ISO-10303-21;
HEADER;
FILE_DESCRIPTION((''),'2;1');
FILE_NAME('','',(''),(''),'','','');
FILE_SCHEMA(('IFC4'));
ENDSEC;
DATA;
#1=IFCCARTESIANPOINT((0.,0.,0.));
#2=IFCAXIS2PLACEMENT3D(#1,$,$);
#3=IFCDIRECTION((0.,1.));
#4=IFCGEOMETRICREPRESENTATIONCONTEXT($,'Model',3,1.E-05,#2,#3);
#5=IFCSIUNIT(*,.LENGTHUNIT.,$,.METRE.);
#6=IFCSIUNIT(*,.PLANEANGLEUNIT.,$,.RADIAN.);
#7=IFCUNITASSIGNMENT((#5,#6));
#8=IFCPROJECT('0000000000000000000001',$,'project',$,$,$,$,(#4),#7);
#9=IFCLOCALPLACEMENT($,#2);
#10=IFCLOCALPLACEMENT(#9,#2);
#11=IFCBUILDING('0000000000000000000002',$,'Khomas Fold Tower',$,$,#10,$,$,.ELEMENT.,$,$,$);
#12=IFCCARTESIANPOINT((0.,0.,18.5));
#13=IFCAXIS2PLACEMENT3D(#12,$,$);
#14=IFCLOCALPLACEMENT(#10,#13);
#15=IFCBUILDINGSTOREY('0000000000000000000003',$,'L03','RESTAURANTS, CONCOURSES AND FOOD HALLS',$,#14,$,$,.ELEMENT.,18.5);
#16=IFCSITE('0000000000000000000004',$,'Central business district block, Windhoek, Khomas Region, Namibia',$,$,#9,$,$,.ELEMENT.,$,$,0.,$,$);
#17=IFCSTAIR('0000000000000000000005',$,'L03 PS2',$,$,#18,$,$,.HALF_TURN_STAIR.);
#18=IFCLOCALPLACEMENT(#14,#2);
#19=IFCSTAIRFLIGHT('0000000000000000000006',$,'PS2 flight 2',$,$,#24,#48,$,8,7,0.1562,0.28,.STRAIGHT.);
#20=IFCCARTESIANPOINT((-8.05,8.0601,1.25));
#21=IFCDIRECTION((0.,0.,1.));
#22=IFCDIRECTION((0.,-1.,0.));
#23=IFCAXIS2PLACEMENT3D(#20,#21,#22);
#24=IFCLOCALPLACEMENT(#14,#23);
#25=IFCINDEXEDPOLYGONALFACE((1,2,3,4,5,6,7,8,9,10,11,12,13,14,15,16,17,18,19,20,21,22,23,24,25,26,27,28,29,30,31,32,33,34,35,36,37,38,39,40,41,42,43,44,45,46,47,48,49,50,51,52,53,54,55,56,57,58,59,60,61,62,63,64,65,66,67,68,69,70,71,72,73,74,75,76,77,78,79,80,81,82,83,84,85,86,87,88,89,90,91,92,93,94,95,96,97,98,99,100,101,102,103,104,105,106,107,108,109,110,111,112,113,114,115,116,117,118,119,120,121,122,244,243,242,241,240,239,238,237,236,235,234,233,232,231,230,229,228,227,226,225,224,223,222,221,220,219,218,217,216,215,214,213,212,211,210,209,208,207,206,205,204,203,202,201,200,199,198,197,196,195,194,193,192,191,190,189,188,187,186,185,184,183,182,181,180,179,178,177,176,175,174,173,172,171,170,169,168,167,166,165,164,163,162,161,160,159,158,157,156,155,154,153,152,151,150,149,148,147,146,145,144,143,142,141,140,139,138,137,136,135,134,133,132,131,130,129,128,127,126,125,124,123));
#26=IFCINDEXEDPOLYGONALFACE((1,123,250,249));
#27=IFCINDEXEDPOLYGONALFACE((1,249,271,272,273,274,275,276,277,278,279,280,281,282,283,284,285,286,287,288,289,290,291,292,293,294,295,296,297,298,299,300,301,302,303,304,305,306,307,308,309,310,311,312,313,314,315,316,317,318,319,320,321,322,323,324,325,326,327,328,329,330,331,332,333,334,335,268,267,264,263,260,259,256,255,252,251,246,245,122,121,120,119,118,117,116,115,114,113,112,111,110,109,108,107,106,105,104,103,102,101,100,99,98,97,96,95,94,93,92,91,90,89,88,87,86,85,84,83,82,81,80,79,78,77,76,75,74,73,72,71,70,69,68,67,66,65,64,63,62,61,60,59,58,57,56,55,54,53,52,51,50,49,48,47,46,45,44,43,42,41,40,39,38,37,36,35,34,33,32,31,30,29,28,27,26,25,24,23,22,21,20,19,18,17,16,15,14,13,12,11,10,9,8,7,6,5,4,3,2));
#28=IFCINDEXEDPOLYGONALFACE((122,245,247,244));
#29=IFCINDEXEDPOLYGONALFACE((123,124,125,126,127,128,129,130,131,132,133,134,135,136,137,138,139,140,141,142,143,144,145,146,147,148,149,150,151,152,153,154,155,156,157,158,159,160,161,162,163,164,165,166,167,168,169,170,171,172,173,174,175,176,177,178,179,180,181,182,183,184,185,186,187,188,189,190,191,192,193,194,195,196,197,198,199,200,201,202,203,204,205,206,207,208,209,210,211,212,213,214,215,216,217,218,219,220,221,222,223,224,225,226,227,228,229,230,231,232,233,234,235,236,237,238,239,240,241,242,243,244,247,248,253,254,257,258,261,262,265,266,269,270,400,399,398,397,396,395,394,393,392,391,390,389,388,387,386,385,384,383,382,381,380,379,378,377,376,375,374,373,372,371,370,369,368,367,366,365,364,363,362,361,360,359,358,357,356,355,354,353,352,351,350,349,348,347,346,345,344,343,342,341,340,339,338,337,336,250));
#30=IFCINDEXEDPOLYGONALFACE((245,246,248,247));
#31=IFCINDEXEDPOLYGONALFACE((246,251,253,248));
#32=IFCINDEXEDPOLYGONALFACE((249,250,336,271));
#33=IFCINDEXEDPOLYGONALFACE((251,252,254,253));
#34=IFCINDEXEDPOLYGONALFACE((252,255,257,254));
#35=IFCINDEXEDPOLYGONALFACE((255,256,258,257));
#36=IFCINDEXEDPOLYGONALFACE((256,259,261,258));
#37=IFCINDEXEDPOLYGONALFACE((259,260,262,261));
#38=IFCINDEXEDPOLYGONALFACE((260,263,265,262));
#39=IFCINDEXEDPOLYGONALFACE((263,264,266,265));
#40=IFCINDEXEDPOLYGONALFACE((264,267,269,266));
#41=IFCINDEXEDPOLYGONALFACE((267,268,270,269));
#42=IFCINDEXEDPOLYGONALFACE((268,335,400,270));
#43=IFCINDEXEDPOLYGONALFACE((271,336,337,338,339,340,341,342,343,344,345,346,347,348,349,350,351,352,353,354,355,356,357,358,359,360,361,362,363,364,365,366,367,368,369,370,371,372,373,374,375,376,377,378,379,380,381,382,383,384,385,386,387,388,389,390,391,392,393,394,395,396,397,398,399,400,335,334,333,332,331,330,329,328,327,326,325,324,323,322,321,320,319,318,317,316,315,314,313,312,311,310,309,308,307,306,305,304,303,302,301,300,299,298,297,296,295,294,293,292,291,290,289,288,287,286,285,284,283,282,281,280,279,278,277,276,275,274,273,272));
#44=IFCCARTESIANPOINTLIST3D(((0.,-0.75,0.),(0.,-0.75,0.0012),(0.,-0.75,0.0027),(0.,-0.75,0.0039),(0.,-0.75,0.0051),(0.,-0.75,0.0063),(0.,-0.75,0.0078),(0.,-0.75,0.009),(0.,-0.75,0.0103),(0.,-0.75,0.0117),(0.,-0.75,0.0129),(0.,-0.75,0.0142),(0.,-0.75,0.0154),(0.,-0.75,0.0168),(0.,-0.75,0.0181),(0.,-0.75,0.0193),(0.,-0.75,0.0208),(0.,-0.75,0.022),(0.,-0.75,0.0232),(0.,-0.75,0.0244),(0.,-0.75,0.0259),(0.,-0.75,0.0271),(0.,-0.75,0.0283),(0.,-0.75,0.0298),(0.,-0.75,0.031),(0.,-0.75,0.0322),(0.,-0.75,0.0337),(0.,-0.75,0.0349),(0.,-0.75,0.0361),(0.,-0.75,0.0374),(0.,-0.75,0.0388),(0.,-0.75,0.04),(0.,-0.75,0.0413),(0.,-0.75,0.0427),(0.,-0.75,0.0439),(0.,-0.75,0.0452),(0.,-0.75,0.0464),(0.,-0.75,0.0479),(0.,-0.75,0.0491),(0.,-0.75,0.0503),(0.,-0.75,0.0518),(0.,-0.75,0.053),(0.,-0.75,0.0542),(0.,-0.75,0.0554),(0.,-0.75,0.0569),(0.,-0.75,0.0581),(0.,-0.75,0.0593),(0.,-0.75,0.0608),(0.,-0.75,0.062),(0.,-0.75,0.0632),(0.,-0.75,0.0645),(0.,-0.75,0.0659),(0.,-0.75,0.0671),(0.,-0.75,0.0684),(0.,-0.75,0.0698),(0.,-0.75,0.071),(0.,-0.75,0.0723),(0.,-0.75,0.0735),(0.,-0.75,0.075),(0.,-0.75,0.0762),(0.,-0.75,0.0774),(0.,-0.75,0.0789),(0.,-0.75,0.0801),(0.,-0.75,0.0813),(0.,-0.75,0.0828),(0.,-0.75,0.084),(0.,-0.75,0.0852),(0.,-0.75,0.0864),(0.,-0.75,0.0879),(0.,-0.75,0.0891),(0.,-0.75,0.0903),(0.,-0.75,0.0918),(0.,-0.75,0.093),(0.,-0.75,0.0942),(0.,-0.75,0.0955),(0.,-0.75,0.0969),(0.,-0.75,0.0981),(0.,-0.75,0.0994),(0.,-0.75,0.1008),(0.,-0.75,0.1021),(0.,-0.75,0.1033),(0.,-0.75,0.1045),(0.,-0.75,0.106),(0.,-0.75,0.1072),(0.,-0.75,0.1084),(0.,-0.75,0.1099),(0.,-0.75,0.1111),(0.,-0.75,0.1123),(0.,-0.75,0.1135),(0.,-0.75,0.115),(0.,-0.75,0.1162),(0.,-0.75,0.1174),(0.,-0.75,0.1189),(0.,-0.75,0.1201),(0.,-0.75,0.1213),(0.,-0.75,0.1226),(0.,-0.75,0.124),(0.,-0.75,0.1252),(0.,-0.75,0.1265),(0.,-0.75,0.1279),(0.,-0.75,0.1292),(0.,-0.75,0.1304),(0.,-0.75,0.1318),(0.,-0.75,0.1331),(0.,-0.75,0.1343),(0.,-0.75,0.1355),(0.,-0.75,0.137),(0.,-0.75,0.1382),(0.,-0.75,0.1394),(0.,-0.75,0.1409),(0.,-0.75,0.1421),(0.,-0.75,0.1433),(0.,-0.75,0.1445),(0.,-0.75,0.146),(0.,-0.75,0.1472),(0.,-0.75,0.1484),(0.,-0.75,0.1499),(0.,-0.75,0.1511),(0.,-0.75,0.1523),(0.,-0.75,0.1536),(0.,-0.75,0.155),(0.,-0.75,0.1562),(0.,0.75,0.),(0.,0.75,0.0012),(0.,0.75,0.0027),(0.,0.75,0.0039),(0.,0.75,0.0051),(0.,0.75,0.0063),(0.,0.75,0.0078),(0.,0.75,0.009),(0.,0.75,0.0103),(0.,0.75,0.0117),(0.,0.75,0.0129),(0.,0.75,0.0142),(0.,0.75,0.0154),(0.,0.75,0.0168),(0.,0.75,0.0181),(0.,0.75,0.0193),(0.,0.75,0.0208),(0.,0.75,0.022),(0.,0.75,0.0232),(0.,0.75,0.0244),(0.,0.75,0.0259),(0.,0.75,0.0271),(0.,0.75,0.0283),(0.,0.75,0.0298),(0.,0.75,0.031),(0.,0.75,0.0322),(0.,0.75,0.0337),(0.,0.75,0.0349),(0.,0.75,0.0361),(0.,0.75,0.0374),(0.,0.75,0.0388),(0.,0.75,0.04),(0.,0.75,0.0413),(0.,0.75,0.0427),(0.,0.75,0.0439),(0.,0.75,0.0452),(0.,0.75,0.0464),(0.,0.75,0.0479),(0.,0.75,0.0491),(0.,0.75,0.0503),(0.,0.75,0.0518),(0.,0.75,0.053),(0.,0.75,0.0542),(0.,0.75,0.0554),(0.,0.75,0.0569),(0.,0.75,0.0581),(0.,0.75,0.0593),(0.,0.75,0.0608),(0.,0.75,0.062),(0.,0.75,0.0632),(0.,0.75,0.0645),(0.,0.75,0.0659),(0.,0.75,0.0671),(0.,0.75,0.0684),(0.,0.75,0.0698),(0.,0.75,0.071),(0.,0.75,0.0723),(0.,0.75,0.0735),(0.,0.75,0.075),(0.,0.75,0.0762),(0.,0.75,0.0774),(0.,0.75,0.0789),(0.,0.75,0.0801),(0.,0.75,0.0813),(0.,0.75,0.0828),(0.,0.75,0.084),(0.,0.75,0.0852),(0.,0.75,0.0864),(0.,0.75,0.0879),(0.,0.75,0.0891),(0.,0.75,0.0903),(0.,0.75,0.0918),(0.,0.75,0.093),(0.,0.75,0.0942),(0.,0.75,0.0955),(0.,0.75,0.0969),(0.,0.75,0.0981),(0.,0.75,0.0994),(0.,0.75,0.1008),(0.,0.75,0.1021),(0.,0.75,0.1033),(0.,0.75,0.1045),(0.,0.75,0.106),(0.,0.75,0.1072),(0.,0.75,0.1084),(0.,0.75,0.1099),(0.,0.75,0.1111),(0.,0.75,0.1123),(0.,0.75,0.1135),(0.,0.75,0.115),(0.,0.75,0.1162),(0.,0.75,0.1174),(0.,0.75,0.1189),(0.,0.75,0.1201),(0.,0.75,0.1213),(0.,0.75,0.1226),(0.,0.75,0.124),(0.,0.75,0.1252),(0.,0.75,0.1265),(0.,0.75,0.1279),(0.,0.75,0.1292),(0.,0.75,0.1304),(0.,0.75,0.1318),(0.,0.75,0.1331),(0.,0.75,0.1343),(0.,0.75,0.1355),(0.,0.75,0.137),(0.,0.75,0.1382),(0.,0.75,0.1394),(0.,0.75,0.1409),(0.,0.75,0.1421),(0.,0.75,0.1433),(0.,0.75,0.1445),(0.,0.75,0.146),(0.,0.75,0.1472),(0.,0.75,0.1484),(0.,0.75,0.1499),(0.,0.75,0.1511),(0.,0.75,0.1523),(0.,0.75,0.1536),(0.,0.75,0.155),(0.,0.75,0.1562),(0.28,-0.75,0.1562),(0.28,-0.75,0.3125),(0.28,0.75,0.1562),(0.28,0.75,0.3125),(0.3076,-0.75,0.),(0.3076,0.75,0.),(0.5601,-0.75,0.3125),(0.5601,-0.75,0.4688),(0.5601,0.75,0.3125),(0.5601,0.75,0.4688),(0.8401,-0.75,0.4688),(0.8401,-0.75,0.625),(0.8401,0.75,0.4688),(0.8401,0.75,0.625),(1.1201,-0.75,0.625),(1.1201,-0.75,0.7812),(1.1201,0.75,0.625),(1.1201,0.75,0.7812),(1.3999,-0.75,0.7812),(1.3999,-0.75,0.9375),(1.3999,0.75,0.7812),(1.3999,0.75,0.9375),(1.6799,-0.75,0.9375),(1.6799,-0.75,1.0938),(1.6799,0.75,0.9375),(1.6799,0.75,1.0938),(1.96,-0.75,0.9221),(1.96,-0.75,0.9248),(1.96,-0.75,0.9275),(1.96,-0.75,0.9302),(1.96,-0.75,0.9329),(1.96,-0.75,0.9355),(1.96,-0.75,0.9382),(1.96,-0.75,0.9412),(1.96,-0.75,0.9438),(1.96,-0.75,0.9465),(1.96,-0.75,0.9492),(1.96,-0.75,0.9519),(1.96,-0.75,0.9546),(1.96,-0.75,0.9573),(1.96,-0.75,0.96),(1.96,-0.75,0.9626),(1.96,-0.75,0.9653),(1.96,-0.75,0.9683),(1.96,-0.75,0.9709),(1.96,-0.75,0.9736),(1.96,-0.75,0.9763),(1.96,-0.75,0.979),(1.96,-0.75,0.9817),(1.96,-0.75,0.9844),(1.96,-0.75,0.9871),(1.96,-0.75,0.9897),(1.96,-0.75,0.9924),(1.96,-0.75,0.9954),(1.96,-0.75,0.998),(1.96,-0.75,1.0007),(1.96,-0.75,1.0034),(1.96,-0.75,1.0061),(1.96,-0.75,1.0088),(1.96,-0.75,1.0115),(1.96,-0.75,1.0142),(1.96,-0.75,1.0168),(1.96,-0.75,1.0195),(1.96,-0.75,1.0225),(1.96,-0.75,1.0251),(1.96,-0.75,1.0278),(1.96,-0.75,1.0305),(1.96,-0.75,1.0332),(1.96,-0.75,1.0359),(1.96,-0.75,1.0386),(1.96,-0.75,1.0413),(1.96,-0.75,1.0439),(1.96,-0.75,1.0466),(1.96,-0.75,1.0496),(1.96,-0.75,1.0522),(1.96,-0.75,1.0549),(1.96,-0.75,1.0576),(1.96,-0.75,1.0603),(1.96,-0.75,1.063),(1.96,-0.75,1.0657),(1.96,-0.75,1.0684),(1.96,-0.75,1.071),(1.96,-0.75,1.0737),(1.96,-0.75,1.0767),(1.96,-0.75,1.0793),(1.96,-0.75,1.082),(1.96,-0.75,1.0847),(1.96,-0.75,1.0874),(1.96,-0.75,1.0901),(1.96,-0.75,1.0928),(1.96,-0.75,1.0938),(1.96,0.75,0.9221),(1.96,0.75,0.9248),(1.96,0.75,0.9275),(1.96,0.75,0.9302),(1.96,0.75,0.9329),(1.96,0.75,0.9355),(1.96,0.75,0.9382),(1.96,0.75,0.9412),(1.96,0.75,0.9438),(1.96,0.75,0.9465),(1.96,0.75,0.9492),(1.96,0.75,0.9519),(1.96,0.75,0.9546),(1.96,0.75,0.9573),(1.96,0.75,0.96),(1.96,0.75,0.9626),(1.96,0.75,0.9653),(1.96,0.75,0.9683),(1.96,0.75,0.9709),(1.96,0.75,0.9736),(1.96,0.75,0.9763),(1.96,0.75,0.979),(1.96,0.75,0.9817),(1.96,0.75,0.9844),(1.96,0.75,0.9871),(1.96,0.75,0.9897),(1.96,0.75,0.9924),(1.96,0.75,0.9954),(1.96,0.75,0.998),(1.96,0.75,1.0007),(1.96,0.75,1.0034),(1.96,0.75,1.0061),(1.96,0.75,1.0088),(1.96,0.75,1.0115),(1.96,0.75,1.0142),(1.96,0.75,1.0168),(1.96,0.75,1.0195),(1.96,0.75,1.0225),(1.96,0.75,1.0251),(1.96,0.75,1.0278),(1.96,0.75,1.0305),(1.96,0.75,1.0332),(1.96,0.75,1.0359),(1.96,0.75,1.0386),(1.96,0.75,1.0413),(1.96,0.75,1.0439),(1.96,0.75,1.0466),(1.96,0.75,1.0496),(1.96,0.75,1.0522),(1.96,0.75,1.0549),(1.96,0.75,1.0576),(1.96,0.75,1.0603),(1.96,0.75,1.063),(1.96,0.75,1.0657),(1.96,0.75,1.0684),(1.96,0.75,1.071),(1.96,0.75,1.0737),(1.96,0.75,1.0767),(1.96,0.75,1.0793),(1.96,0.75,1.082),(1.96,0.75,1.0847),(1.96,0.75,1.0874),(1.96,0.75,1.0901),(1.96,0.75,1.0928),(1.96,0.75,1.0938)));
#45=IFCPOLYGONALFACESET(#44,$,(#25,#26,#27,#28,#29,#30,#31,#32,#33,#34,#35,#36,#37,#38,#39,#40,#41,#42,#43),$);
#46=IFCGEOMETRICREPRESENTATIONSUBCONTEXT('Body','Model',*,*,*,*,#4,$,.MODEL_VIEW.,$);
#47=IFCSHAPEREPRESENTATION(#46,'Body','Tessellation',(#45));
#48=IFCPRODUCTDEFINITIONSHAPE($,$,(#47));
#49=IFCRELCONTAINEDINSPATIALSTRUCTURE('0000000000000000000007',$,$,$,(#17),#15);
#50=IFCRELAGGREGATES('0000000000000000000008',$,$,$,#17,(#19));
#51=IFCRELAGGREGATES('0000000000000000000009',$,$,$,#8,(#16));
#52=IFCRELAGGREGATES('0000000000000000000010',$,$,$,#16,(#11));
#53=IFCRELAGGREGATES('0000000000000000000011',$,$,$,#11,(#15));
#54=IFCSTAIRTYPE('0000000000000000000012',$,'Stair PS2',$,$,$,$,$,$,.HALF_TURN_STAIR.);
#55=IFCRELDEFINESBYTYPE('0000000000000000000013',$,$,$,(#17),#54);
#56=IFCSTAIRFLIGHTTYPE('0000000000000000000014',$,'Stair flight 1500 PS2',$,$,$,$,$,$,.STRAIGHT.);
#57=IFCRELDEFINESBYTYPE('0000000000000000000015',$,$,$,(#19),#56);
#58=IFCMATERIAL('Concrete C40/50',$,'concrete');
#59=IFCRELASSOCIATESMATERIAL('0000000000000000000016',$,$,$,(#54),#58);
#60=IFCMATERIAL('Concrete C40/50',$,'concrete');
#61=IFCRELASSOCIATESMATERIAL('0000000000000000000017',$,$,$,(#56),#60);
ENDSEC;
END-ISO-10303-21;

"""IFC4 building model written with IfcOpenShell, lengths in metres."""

from ifc_helpers import new_model, si_unit, direction, frame, origin, place, context, subcontext, project, spatial, polyline, outline, extrude, source, transform, mapped, material, type_object, element, aggregate, save


model = new_model("IFC4")

# Units and contexts
model_context = context("Model", 3, precision=1e-05, world=origin(), true_north=direction((0.0, 1.0)))
body_context = subcontext(model_context, "Body", "Model", "MODEL_VIEW")
ifc_project = project(units=[si_unit("LENGTHUNIT", "METRE"), si_unit("PLANEANGLEUNIT", "RADIAN")], contexts=[model_context])

# Site, building, storey
site_placement = place(None, origin())
site = spatial("IfcSite", under=ifc_project, at=site_placement, Name="Central business district block, Windhoek, Khomas Region, Namibia", CompositionType="ELEMENT", RefElevation=0.0)
building_placement = place(site_placement, origin())
building = spatial("IfcBuilding", under=site, at=building_placement, Name="Khomas Fold Tower", CompositionType="ELEMENT")
storey_placement = place(building_placement, frame((0.0, 0.0, 18.5)))
storey = spatial("IfcBuildingStorey", under=building, at=storey_placement, Name="L03", Description="RESTAURANTS, CONCOURSES AND FOOD HALLS", CompositionType="ELEMENT", Elevation=18.5)

# Stair, stair flight
ifc_material_1 = material(Name="Concrete C40/50", Category="concrete")
stair_type = type_object("IfcStairType", Name="Stair PS2", PredefinedType="HALF_TURN_STAIR", material=ifc_material_1)
stair_placement = place(storey_placement, origin())
stair = element("IfcStair", 1, at=stair_placement, inside=storey, type_object=stair_type, Name="L03 PS2", PredefinedType="HALF_TURN_STAIR")
ifc_material_2 = material(Name="Concrete C40/50", Category="concrete")
stair_flight_type = type_object("IfcStairFlightType", Name="Stair flight 1500 PS2", PredefinedType="STRAIGHT", material=ifc_material_2)
shared_shape_1 = source(origin(), body_context, "Body", "SweptSolid", [
    extrude(outline(polyline([(0.0, 0.0), (0.0, 0.0012), (0.0, 0.0027), (0.0, 0.0039), (0.0, 0.0051), (0.0, 0.0063), (0.0, 0.0078), (0.0, 0.009), (0.0, 0.0103), (0.0, 0.0117), (0.0, 0.0129), (0.0, 0.0142), (0.0, 0.0154), (0.0, 0.0168), (0.0, 0.0181), (0.0, 0.0193), (0.0, 0.0208), (0.0, 0.022), (0.0, 0.0232), (0.0, 0.0244), (0.0, 0.0259), (0.0, 0.0271), (0.0, 0.0283), (0.0, 0.0298), (0.0, 0.031), (0.0, 0.0322), (0.0, 0.0337), (0.0, 0.0349), (0.0, 0.0361), (0.0, 0.0374), (0.0, 0.0388), (0.0, 0.04), (0.0, 0.0413), (0.0, 0.0427), (0.0, 0.0439), (0.0, 0.0452), (0.0, 0.0464), (0.0, 0.0479), (0.0, 0.0491), (0.0, 0.0503), (0.0, 0.0518), (0.0, 0.053), (0.0, 0.0542), (0.0, 0.0554), (0.0, 0.0569), (0.0, 0.0581), (0.0, 0.0593), (0.0, 0.0608), (0.0, 0.062), (0.0, 0.0632), (0.0, 0.0645), (0.0, 0.0659), (0.0, 0.0671), (0.0, 0.0684), (0.0, 0.0698), (0.0, 0.071), (0.0, 0.0723), (0.0, 0.0735), (0.0, 0.075), (0.0, 0.0762), (0.0, 0.0774), (0.0, 0.0789), (0.0, 0.0801), (0.0, 0.0813), (0.0, 0.0828), (0.0, 0.084), (0.0, 0.0852), (0.0, 0.0864), (0.0, 0.0879), (0.0, 0.0891), (0.0, 0.0903), (0.0, 0.0918), (0.0, 0.093), (0.0, 0.0942), (0.0, 0.0955), (0.0, 0.0969), (0.0, 0.0981), (0.0, 0.0994), (0.0, 0.1008), (0.0, 0.1021), (0.0, 0.1033), (0.0, 0.1045), (0.0, 0.106), (0.0, 0.1072), (0.0, 0.1084), (0.0, 0.1099), (0.0, 0.1111), (0.0, 0.1123), (0.0, 0.1135), (0.0, 0.115), (0.0, 0.1162), (0.0, 0.1174), (0.0, 0.1189), (0.0, 0.1201), (0.0, 0.1213), (0.0, 0.1226), (0.0, 0.124), (0.0, 0.1252), (0.0, 0.1265), (0.0, 0.1279), (0.0, 0.1292), (0.0, 0.1304), (0.0, 0.1318), (0.0, 0.1331), (0.0, 0.1343), (0.0, 0.1355), (0.0, 0.137), (0.0, 0.1382), (0.0, 0.1394), (0.0, 0.1409), (0.0, 0.1421), (0.0, 0.1433), (0.0, 0.1445), (0.0, 0.146), (0.0, 0.1472), (0.0, 0.1484), (0.0, 0.1499), (0.0, 0.1511), (0.0, 0.1523), (0.0, 0.1536), (0.0, 0.155), (0.0, 0.1562), (0.28, 0.1562), (0.28, 0.3125), (0.5601, 0.3125), (0.5601, 0.4688), (0.8401, 0.4688), (0.8401, 0.625), (1.1201, 0.625), (1.1201, 0.7812), (1.3999, 0.7812), (1.3999, 0.9375), (1.6799, 0.9375), (1.6799, 1.0938), (1.96, 1.0938), (1.96, 1.25), (1.96, 1.2473), (1.96, 1.2446), (1.96, 1.2419), (1.96, 1.2393), (1.96, 1.2363), (1.96, 1.2336), (1.96, 1.231), (1.96, 1.2283), (1.96, 1.2256), (1.96, 1.2229), (1.96, 1.2202), (1.96, 1.2175), (1.96, 1.2148), (1.96, 1.2122), (1.96, 1.2092), (1.96, 1.2065), (1.96, 1.2039), (1.96, 1.2012), (1.96, 1.1985), (1.96, 1.1958), (1.96, 1.1931), (1.96, 1.1904), (1.96, 1.1877), (1.96, 1.1851), (1.96, 1.1821), (1.96, 1.1794), (1.96, 1.1768), (1.96, 1.1741), (1.96, 1.1714), (1.96, 1.1687), (1.96, 1.166), (1.96, 1.1633), (1.96, 1.1606), (1.96, 1.158), (1.96, 1.155), (1.96, 1.1523), (1.96, 1.1497), (1.96, 1.147), (1.96, 1.1443), (1.96, 1.1416), (1.96, 1.1389), (1.96, 1.1362), (1.96, 1.1335), (1.96, 1.1309), (1.96, 1.1279), (1.96, 1.1252), (1.96, 1.1226), (1.96, 1.1199), (1.96, 1.1172), (1.96, 1.1145), (1.96, 1.1118), (1.96, 1.1091), (1.96, 1.1064), (1.96, 1.1038), (1.96, 1.1008), (1.96, 1.0981), (1.96, 1.0955), (1.96, 1.0928), (1.96, 1.0901), (1.96, 1.0874), (1.96, 1.0847), (1.96, 1.082), (1.96, 1.0793), (1.96, 1.0767), (1.96, 1.0737), (1.96, 1.071), (1.96, 1.0684), (1.96, 1.0657), (1.96, 1.063), (1.96, 1.0603), (1.96, 1.0576), (1.96, 1.0549), (1.96, 1.0522), (1.96, 1.0496), (1.96, 1.0466), (1.96, 1.0439), (1.96, 1.0413), (1.96, 1.0386), (1.96, 1.0359), (1.96, 1.0332), (1.96, 1.0305), (1.96, 1.0278), (1.96, 1.0251), (1.96, 1.0225), (1.96, 1.0195), (1.96, 1.0168), (1.96, 1.0142), (1.96, 1.0115), (1.96, 1.0088), (1.96, 1.0061), (1.96, 1.0034), (1.96, 1.0007), (1.96, 0.998), (1.96, 0.9954), (1.96, 0.9924), (1.96, 0.9897), (1.96, 0.9871), (1.96, 0.9844), (1.96, 0.9817), (1.96, 0.979), (1.96, 0.9763), (1.96, 0.9736), (1.96, 0.9709), (1.96, 0.9683), (1.96, 0.9653), (1.96, 0.9626), (1.96, 0.96), (1.96, 0.9573), (1.96, 0.9546), (1.96, 0.9519), (1.96, 0.9492), (1.96, 0.9465), (1.96, 0.9438), (1.96, 0.9412), (1.96, 0.9382), (1.96, 0.9355), (1.96, 0.9329), (1.96, 0.9302), (1.96, 0.9275), (1.96, 0.9248), (1.96, 0.9221), (0.3076, 0.0), (0.0, 0.0)])), frame((0.0, 0.75, 0.0), z_axis=(0.0, -1.0, 0.0), x_axis=(1.0, 0.0, 0.0)), (0.0, 0.0, 1.0), 1.5),
])
stair_flight_1_placement = place(storey_placement, frame((-8.05, 8.0601, 1.25), z_axis=(0.0, 0.0, 1.0), x_axis=(0.0, -1.0, 0.0)))
stair_flight_1 = element("IfcStairFlight", 2, at=stair_flight_1_placement, type_object=stair_flight_type, Name="PS2 flight 2", NumberOfRisers=8, NumberOfTreads=7, PredefinedType="STRAIGHT", RiserHeight=0.1562, TreadLength=0.28, context=body_context, shape_type="MappedRepresentation", body=[
    mapped(shared_shape_1, transform((0.0, 0.0, 0.0))),
])
aggregate(stair, [stair_flight_1])

save(model, "model.ifc")
